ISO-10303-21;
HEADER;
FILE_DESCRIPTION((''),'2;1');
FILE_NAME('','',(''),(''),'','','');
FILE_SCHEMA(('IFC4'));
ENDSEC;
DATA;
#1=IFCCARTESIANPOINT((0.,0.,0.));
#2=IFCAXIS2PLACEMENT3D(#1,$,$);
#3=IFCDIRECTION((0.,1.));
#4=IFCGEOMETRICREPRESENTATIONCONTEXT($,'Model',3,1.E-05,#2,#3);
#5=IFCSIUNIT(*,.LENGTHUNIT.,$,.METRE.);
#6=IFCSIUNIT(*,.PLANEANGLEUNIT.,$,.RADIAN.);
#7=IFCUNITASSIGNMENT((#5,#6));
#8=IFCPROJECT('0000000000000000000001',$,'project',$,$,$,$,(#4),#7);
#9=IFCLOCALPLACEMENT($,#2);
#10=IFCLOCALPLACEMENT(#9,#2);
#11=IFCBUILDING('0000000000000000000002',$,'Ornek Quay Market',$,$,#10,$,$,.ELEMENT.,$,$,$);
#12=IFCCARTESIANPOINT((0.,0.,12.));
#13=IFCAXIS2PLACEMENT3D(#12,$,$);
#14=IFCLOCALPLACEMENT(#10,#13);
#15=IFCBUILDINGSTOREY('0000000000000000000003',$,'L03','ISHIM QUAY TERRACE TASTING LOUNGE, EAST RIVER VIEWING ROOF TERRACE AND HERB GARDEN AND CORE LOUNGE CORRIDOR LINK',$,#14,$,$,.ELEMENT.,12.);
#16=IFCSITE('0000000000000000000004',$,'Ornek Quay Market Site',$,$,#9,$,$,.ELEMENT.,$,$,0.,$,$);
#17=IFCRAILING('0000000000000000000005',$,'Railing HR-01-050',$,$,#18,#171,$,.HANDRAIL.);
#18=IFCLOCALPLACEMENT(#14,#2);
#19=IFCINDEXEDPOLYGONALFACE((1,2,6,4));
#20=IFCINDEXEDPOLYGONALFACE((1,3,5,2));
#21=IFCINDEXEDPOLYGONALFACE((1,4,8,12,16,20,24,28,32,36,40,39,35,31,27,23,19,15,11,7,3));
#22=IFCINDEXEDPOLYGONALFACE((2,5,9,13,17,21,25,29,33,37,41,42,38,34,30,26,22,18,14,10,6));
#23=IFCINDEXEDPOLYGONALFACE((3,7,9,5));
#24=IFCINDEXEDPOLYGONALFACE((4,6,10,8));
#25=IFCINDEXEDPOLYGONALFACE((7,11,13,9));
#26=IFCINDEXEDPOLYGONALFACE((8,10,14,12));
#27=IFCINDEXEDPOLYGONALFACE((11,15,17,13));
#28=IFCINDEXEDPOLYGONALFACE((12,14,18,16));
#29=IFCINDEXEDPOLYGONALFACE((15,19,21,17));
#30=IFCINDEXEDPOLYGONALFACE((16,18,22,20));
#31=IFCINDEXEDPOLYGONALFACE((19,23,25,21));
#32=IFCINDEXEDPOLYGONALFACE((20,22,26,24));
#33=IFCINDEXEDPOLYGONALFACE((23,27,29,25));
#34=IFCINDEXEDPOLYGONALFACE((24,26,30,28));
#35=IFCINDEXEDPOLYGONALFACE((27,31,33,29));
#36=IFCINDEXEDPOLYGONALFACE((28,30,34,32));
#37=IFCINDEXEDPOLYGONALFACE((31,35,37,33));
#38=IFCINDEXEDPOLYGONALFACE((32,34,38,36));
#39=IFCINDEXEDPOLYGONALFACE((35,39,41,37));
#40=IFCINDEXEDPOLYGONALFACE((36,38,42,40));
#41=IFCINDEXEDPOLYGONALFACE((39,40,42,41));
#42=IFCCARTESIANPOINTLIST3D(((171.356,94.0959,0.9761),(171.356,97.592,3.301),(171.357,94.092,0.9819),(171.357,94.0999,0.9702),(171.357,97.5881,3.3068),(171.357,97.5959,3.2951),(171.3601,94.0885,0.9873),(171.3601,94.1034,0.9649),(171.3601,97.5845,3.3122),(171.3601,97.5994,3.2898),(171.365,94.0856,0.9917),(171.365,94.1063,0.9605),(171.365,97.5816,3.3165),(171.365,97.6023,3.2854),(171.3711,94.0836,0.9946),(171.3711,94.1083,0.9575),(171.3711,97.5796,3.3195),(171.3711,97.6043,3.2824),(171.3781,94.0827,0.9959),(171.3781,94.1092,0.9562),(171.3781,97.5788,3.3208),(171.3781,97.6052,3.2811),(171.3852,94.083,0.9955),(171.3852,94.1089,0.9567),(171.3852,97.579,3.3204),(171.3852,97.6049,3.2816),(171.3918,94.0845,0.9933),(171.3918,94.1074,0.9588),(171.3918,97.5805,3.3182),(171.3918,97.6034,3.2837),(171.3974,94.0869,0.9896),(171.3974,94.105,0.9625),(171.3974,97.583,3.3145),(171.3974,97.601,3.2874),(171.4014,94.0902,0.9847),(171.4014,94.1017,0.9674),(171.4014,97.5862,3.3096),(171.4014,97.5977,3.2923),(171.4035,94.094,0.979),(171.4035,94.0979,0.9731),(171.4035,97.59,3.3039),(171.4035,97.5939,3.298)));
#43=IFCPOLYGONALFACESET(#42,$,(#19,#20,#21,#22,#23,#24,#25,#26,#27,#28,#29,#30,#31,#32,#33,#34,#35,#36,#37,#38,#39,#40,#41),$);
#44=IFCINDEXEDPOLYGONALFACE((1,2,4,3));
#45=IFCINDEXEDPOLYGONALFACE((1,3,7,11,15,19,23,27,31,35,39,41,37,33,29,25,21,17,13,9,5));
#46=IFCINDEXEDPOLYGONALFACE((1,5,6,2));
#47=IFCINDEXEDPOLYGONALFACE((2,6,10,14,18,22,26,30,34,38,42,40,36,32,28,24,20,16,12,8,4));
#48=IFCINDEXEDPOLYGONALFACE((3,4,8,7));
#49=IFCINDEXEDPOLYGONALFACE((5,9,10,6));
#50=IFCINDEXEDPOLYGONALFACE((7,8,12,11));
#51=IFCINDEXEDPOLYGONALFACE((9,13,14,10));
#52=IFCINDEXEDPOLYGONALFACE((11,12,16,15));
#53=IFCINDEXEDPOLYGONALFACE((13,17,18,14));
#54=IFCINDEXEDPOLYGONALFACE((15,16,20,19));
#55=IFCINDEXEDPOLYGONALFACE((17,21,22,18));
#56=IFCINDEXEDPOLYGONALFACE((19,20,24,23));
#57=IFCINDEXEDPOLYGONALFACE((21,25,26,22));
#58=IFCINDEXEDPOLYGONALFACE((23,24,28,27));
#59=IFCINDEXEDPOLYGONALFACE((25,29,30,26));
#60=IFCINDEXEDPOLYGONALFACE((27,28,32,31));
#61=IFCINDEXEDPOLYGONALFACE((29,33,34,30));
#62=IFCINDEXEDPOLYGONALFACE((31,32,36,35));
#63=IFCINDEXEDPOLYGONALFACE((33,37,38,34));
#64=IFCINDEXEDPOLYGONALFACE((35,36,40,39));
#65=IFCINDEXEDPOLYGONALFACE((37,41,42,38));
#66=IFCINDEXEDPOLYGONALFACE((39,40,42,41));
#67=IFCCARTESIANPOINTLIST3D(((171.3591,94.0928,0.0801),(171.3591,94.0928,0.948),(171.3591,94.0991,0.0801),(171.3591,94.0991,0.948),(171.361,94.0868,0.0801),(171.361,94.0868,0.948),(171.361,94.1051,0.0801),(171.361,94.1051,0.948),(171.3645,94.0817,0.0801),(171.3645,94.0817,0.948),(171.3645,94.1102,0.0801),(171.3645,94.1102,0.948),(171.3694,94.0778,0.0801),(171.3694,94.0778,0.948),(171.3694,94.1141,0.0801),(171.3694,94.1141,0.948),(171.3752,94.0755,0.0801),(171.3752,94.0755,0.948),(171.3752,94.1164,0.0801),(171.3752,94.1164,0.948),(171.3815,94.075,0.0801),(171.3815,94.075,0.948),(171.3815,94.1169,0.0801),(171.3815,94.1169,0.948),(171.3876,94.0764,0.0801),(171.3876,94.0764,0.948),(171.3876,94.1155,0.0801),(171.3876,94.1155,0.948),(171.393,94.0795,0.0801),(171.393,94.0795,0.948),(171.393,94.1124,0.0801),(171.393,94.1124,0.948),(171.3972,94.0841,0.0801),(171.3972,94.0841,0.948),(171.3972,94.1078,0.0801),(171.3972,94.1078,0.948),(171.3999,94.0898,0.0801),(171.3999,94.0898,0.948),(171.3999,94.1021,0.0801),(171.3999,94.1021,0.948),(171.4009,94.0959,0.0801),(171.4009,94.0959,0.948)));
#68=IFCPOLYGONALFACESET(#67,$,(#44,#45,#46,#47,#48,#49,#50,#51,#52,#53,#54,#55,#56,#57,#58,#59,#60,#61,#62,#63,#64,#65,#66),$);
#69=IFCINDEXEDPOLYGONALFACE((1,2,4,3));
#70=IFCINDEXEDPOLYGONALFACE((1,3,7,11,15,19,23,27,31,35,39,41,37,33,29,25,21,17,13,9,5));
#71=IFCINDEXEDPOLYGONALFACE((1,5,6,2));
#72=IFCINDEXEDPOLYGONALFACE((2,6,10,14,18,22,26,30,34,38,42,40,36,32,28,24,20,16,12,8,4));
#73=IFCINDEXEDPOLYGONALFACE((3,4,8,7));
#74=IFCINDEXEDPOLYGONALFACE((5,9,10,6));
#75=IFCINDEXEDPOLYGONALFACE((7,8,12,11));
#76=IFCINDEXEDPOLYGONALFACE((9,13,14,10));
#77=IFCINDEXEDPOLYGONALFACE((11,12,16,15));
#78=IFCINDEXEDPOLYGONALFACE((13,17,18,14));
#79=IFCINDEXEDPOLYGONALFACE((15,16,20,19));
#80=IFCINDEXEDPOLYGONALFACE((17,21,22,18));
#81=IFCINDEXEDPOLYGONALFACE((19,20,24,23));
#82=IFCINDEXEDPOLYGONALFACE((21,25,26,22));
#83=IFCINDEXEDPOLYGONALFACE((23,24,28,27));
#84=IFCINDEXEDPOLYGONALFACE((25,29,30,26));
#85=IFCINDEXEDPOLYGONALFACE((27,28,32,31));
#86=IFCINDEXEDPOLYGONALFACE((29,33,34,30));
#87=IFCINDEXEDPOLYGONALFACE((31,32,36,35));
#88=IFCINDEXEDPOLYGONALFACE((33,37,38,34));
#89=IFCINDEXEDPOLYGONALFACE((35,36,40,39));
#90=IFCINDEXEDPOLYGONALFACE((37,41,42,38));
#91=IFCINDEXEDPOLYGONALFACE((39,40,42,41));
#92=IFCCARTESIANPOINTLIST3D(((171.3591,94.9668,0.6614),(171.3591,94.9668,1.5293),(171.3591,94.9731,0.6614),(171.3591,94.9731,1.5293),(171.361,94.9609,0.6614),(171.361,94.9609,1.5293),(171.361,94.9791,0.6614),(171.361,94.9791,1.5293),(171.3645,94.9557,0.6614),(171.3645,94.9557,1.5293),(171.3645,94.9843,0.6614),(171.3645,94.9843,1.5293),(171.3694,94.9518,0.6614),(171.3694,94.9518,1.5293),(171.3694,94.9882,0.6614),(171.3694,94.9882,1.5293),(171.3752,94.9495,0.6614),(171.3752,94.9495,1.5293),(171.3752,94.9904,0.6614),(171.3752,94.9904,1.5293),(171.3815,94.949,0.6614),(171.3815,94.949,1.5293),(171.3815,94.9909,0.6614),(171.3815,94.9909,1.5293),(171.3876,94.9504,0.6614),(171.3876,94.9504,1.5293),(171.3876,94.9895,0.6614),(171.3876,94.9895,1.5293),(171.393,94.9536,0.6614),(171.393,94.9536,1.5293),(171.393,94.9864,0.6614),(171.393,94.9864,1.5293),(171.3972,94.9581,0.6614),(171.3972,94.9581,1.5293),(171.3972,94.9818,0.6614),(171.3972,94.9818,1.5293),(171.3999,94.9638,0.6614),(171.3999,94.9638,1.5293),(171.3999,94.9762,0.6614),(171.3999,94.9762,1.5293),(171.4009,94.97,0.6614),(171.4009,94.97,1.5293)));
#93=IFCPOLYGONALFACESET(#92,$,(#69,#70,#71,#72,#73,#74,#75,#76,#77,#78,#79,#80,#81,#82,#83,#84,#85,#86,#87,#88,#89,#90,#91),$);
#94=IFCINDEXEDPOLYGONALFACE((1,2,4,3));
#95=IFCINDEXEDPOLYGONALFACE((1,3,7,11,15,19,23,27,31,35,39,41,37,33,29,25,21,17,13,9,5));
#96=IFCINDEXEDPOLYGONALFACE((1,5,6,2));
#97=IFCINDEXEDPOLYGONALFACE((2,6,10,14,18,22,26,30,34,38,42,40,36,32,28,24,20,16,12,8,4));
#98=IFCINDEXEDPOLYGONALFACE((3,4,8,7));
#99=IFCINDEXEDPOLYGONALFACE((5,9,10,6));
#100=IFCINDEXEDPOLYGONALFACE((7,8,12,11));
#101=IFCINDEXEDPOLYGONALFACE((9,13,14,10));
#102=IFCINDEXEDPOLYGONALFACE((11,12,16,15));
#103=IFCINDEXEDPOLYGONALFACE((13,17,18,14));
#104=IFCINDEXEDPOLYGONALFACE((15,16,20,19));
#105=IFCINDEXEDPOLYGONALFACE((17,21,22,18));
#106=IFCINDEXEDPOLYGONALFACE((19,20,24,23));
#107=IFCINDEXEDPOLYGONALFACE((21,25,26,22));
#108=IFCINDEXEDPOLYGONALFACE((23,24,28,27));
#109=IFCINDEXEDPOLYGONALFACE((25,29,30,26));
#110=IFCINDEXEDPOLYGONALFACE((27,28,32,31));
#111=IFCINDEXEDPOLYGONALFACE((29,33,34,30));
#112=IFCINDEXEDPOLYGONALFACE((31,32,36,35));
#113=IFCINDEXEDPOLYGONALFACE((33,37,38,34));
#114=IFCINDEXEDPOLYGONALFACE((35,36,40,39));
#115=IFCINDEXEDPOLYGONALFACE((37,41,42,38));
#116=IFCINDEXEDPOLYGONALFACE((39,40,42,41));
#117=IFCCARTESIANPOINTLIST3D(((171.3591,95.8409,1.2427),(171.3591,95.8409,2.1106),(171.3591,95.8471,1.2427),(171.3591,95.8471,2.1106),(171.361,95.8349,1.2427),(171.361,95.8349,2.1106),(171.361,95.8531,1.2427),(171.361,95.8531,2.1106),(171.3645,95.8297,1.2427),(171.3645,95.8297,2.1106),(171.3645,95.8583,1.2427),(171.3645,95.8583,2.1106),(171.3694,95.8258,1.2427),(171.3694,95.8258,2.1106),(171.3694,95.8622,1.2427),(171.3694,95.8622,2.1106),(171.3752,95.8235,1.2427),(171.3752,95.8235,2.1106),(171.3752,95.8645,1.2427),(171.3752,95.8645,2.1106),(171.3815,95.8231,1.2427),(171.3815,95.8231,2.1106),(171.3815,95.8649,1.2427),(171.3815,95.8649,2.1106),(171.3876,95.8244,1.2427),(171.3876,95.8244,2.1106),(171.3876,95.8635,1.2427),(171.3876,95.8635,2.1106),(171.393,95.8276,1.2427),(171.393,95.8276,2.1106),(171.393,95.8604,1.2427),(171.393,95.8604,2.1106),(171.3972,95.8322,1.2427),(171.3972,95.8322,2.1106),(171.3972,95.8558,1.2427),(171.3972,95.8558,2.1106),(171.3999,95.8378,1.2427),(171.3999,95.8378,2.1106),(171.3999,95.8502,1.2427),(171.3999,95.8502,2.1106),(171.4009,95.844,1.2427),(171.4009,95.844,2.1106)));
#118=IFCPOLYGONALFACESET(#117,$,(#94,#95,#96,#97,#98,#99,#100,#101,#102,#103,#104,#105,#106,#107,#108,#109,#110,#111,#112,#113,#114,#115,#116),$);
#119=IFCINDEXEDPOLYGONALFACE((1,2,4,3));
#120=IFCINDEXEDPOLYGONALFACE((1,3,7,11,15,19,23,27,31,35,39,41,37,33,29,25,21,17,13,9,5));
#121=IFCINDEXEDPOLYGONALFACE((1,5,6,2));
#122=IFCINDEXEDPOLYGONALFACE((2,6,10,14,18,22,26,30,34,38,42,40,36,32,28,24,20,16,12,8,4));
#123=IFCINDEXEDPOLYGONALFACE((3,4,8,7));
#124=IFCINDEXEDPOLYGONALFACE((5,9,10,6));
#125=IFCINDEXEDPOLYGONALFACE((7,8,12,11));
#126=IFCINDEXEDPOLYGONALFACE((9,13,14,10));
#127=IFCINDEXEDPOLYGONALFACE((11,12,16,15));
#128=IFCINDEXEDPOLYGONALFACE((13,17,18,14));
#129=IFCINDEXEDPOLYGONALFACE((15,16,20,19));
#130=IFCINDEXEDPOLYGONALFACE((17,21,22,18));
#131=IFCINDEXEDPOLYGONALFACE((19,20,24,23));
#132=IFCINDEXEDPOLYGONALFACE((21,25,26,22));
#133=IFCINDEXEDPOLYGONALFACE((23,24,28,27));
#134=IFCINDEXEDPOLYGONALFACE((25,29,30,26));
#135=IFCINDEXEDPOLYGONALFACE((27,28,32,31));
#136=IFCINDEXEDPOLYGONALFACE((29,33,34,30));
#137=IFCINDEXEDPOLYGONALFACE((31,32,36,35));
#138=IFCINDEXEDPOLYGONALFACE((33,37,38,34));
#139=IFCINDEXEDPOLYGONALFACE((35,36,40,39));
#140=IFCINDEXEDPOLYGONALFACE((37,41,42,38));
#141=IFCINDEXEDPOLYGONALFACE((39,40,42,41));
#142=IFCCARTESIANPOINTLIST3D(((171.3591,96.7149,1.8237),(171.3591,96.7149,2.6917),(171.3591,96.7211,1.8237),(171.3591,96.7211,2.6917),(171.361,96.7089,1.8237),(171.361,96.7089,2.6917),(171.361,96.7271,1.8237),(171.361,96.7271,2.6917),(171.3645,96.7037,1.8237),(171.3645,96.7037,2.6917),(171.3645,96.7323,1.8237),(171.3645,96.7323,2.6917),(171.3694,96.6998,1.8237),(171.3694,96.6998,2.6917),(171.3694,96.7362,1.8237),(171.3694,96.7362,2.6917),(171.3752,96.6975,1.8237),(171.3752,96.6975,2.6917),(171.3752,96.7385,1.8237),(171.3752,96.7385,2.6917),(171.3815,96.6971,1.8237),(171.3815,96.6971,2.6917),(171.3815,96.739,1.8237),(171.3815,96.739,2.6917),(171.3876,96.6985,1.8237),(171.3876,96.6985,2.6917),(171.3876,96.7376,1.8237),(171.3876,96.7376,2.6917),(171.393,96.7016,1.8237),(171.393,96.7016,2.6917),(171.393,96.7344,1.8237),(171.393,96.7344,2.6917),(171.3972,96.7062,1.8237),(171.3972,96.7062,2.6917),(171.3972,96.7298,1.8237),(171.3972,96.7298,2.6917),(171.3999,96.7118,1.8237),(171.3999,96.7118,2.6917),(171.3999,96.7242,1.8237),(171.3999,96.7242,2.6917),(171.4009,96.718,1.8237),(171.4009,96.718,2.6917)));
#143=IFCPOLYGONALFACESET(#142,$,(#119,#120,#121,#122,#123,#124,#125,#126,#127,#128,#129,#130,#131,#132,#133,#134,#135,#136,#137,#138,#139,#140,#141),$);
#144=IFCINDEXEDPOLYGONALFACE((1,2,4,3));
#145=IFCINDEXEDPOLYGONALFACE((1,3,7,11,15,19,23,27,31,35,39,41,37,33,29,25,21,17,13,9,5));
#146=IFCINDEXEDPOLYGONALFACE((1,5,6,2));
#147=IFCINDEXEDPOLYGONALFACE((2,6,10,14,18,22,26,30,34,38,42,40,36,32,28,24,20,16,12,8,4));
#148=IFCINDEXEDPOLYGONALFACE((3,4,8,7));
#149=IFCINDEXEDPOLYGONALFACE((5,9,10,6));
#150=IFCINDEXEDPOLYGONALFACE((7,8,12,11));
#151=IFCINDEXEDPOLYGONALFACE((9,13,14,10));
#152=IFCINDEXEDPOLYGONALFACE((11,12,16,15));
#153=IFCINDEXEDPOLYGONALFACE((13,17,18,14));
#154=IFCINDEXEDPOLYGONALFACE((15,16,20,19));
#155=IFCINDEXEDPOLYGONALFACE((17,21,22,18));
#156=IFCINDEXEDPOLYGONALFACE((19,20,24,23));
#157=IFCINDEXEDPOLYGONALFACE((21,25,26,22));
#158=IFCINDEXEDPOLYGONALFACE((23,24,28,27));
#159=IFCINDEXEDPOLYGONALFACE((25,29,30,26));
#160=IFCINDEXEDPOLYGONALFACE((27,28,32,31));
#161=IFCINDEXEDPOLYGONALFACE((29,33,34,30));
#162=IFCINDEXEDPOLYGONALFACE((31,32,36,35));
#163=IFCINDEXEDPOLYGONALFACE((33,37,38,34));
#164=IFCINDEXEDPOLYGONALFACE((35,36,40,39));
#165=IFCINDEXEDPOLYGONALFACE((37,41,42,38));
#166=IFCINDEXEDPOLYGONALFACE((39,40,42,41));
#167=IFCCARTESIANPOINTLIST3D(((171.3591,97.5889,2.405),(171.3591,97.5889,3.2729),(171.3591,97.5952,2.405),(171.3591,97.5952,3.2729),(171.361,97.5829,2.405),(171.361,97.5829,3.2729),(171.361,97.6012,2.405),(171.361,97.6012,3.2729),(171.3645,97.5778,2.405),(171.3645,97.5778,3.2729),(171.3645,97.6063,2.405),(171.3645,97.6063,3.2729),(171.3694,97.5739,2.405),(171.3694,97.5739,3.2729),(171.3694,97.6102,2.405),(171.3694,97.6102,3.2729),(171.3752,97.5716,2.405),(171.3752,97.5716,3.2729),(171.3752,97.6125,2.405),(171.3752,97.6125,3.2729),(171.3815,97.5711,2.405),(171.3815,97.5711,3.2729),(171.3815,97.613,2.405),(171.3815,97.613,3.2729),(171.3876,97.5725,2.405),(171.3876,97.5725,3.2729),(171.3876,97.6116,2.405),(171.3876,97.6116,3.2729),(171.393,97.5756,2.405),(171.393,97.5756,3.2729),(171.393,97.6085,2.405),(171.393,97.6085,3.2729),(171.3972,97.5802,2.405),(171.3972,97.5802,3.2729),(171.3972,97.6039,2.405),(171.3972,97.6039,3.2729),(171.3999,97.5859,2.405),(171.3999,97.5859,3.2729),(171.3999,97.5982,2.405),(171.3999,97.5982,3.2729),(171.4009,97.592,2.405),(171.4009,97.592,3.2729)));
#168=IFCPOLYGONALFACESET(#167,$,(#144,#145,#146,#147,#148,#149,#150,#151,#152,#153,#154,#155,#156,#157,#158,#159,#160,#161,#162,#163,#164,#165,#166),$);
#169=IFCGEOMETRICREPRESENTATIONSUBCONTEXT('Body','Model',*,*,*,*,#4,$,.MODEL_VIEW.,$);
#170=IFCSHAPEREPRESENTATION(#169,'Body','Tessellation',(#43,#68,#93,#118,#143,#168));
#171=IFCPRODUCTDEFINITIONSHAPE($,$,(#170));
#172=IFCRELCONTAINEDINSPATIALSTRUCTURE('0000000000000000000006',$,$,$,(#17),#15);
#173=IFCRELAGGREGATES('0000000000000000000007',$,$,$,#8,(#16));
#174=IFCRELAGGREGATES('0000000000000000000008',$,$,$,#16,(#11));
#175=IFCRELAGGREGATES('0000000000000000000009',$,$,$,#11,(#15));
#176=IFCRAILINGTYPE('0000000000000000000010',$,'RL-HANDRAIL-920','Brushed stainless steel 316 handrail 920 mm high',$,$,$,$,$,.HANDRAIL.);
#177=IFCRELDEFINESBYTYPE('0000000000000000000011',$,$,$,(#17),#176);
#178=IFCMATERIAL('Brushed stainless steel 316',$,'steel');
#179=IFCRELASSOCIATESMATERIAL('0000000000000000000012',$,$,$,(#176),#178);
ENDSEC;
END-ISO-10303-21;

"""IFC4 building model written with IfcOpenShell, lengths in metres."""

from ifc_helpers import new_model, si_unit, direction, frame, origin, origin_2d, place, context, subcontext, project, spatial, circle, extrude, material, type_object, element, save


model = new_model("IFC4")

# Units and contexts
model_context = context("Model", 3, precision=1e-05, world=origin(), true_north=direction((0.0, 1.0)))
body_context = subcontext(model_context, "Body", "Model", "MODEL_VIEW")
ifc_project = project(units=[si_unit("LENGTHUNIT", "METRE"), si_unit("PLANEANGLEUNIT", "RADIAN")], contexts=[model_context])

# Site, building, storey
site_placement = place(None, origin())
site = spatial("IfcSite", under=ifc_project, at=site_placement, Name="Ornek Quay Market Site", CompositionType="ELEMENT", RefElevation=0.0)
building_placement = place(site_placement, origin())
building = spatial("IfcBuilding", under=site, at=building_placement, Name="Ornek Quay Market", CompositionType="ELEMENT")
storey_placement = place(building_placement, frame((0.0, 0.0, 12.0)))
storey = spatial("IfcBuildingStorey", under=building, at=storey_placement, Name="L03", Description="ISHIM QUAY TERRACE TASTING LOUNGE, EAST RIVER VIEWING ROOF TERRACE AND HERB GARDEN AND CORE LOUNGE CORRIDOR LINK", CompositionType="ELEMENT", Elevation=12.0)

# Railing
ifc_material_1 = material(Name="Brushed stainless steel 316", Category="steel")
railing_type_1 = type_object("IfcRailingType", Name="RL-HANDRAIL-920", Description="Brushed stainless steel 316 handrail 920 mm high", PredefinedType="HANDRAIL", material=ifc_material_1)
railing_1_placement = place(storey_placement, frame((171.3799, 94.0959, 0.0801)))
element("IfcRailing", 1, at=railing_1_placement, inside=storey, type_object=railing_type_1, Name="Railing HR-01-050", PredefinedType="HANDRAIL", context=body_context, shape_type="SweptSolid", body=[
    extrude(circle(Radius=0.0239, at=origin_2d()), frame((0.0, 0.0, 0.896), z_axis=(0.0, 0.832685, 0.553747), x_axis=(-1.0, 0.0, 0.0)), (0.0, 0.0, 1.0), 4.1985),
    extrude(circle(Radius=0.021, at=origin_2d()), origin(), (0.0, 0.0, 1.0), 0.8679),
    extrude(circle(Radius=0.021, at=origin_2d()), frame((0.0, 0.874, 0.5813)), (0.0, 0.0, 1.0), 0.8679),
    extrude(circle(Radius=0.021, at=origin_2d()), frame((0.0, 1.748, 1.1626)), (0.0, 0.0, 1.0), 0.8679),
    extrude(circle(Radius=0.021, at=origin_2d()), frame((0.0, 2.6221, 1.7437)), (0.0, 0.0, 1.0), 0.8679),
    extrude(circle(Radius=0.021, at=origin_2d()), frame((0.0, 3.4961, 2.325)), (0.0, 0.0, 1.0), 0.8679),
])

save(model, "model.ifc")
